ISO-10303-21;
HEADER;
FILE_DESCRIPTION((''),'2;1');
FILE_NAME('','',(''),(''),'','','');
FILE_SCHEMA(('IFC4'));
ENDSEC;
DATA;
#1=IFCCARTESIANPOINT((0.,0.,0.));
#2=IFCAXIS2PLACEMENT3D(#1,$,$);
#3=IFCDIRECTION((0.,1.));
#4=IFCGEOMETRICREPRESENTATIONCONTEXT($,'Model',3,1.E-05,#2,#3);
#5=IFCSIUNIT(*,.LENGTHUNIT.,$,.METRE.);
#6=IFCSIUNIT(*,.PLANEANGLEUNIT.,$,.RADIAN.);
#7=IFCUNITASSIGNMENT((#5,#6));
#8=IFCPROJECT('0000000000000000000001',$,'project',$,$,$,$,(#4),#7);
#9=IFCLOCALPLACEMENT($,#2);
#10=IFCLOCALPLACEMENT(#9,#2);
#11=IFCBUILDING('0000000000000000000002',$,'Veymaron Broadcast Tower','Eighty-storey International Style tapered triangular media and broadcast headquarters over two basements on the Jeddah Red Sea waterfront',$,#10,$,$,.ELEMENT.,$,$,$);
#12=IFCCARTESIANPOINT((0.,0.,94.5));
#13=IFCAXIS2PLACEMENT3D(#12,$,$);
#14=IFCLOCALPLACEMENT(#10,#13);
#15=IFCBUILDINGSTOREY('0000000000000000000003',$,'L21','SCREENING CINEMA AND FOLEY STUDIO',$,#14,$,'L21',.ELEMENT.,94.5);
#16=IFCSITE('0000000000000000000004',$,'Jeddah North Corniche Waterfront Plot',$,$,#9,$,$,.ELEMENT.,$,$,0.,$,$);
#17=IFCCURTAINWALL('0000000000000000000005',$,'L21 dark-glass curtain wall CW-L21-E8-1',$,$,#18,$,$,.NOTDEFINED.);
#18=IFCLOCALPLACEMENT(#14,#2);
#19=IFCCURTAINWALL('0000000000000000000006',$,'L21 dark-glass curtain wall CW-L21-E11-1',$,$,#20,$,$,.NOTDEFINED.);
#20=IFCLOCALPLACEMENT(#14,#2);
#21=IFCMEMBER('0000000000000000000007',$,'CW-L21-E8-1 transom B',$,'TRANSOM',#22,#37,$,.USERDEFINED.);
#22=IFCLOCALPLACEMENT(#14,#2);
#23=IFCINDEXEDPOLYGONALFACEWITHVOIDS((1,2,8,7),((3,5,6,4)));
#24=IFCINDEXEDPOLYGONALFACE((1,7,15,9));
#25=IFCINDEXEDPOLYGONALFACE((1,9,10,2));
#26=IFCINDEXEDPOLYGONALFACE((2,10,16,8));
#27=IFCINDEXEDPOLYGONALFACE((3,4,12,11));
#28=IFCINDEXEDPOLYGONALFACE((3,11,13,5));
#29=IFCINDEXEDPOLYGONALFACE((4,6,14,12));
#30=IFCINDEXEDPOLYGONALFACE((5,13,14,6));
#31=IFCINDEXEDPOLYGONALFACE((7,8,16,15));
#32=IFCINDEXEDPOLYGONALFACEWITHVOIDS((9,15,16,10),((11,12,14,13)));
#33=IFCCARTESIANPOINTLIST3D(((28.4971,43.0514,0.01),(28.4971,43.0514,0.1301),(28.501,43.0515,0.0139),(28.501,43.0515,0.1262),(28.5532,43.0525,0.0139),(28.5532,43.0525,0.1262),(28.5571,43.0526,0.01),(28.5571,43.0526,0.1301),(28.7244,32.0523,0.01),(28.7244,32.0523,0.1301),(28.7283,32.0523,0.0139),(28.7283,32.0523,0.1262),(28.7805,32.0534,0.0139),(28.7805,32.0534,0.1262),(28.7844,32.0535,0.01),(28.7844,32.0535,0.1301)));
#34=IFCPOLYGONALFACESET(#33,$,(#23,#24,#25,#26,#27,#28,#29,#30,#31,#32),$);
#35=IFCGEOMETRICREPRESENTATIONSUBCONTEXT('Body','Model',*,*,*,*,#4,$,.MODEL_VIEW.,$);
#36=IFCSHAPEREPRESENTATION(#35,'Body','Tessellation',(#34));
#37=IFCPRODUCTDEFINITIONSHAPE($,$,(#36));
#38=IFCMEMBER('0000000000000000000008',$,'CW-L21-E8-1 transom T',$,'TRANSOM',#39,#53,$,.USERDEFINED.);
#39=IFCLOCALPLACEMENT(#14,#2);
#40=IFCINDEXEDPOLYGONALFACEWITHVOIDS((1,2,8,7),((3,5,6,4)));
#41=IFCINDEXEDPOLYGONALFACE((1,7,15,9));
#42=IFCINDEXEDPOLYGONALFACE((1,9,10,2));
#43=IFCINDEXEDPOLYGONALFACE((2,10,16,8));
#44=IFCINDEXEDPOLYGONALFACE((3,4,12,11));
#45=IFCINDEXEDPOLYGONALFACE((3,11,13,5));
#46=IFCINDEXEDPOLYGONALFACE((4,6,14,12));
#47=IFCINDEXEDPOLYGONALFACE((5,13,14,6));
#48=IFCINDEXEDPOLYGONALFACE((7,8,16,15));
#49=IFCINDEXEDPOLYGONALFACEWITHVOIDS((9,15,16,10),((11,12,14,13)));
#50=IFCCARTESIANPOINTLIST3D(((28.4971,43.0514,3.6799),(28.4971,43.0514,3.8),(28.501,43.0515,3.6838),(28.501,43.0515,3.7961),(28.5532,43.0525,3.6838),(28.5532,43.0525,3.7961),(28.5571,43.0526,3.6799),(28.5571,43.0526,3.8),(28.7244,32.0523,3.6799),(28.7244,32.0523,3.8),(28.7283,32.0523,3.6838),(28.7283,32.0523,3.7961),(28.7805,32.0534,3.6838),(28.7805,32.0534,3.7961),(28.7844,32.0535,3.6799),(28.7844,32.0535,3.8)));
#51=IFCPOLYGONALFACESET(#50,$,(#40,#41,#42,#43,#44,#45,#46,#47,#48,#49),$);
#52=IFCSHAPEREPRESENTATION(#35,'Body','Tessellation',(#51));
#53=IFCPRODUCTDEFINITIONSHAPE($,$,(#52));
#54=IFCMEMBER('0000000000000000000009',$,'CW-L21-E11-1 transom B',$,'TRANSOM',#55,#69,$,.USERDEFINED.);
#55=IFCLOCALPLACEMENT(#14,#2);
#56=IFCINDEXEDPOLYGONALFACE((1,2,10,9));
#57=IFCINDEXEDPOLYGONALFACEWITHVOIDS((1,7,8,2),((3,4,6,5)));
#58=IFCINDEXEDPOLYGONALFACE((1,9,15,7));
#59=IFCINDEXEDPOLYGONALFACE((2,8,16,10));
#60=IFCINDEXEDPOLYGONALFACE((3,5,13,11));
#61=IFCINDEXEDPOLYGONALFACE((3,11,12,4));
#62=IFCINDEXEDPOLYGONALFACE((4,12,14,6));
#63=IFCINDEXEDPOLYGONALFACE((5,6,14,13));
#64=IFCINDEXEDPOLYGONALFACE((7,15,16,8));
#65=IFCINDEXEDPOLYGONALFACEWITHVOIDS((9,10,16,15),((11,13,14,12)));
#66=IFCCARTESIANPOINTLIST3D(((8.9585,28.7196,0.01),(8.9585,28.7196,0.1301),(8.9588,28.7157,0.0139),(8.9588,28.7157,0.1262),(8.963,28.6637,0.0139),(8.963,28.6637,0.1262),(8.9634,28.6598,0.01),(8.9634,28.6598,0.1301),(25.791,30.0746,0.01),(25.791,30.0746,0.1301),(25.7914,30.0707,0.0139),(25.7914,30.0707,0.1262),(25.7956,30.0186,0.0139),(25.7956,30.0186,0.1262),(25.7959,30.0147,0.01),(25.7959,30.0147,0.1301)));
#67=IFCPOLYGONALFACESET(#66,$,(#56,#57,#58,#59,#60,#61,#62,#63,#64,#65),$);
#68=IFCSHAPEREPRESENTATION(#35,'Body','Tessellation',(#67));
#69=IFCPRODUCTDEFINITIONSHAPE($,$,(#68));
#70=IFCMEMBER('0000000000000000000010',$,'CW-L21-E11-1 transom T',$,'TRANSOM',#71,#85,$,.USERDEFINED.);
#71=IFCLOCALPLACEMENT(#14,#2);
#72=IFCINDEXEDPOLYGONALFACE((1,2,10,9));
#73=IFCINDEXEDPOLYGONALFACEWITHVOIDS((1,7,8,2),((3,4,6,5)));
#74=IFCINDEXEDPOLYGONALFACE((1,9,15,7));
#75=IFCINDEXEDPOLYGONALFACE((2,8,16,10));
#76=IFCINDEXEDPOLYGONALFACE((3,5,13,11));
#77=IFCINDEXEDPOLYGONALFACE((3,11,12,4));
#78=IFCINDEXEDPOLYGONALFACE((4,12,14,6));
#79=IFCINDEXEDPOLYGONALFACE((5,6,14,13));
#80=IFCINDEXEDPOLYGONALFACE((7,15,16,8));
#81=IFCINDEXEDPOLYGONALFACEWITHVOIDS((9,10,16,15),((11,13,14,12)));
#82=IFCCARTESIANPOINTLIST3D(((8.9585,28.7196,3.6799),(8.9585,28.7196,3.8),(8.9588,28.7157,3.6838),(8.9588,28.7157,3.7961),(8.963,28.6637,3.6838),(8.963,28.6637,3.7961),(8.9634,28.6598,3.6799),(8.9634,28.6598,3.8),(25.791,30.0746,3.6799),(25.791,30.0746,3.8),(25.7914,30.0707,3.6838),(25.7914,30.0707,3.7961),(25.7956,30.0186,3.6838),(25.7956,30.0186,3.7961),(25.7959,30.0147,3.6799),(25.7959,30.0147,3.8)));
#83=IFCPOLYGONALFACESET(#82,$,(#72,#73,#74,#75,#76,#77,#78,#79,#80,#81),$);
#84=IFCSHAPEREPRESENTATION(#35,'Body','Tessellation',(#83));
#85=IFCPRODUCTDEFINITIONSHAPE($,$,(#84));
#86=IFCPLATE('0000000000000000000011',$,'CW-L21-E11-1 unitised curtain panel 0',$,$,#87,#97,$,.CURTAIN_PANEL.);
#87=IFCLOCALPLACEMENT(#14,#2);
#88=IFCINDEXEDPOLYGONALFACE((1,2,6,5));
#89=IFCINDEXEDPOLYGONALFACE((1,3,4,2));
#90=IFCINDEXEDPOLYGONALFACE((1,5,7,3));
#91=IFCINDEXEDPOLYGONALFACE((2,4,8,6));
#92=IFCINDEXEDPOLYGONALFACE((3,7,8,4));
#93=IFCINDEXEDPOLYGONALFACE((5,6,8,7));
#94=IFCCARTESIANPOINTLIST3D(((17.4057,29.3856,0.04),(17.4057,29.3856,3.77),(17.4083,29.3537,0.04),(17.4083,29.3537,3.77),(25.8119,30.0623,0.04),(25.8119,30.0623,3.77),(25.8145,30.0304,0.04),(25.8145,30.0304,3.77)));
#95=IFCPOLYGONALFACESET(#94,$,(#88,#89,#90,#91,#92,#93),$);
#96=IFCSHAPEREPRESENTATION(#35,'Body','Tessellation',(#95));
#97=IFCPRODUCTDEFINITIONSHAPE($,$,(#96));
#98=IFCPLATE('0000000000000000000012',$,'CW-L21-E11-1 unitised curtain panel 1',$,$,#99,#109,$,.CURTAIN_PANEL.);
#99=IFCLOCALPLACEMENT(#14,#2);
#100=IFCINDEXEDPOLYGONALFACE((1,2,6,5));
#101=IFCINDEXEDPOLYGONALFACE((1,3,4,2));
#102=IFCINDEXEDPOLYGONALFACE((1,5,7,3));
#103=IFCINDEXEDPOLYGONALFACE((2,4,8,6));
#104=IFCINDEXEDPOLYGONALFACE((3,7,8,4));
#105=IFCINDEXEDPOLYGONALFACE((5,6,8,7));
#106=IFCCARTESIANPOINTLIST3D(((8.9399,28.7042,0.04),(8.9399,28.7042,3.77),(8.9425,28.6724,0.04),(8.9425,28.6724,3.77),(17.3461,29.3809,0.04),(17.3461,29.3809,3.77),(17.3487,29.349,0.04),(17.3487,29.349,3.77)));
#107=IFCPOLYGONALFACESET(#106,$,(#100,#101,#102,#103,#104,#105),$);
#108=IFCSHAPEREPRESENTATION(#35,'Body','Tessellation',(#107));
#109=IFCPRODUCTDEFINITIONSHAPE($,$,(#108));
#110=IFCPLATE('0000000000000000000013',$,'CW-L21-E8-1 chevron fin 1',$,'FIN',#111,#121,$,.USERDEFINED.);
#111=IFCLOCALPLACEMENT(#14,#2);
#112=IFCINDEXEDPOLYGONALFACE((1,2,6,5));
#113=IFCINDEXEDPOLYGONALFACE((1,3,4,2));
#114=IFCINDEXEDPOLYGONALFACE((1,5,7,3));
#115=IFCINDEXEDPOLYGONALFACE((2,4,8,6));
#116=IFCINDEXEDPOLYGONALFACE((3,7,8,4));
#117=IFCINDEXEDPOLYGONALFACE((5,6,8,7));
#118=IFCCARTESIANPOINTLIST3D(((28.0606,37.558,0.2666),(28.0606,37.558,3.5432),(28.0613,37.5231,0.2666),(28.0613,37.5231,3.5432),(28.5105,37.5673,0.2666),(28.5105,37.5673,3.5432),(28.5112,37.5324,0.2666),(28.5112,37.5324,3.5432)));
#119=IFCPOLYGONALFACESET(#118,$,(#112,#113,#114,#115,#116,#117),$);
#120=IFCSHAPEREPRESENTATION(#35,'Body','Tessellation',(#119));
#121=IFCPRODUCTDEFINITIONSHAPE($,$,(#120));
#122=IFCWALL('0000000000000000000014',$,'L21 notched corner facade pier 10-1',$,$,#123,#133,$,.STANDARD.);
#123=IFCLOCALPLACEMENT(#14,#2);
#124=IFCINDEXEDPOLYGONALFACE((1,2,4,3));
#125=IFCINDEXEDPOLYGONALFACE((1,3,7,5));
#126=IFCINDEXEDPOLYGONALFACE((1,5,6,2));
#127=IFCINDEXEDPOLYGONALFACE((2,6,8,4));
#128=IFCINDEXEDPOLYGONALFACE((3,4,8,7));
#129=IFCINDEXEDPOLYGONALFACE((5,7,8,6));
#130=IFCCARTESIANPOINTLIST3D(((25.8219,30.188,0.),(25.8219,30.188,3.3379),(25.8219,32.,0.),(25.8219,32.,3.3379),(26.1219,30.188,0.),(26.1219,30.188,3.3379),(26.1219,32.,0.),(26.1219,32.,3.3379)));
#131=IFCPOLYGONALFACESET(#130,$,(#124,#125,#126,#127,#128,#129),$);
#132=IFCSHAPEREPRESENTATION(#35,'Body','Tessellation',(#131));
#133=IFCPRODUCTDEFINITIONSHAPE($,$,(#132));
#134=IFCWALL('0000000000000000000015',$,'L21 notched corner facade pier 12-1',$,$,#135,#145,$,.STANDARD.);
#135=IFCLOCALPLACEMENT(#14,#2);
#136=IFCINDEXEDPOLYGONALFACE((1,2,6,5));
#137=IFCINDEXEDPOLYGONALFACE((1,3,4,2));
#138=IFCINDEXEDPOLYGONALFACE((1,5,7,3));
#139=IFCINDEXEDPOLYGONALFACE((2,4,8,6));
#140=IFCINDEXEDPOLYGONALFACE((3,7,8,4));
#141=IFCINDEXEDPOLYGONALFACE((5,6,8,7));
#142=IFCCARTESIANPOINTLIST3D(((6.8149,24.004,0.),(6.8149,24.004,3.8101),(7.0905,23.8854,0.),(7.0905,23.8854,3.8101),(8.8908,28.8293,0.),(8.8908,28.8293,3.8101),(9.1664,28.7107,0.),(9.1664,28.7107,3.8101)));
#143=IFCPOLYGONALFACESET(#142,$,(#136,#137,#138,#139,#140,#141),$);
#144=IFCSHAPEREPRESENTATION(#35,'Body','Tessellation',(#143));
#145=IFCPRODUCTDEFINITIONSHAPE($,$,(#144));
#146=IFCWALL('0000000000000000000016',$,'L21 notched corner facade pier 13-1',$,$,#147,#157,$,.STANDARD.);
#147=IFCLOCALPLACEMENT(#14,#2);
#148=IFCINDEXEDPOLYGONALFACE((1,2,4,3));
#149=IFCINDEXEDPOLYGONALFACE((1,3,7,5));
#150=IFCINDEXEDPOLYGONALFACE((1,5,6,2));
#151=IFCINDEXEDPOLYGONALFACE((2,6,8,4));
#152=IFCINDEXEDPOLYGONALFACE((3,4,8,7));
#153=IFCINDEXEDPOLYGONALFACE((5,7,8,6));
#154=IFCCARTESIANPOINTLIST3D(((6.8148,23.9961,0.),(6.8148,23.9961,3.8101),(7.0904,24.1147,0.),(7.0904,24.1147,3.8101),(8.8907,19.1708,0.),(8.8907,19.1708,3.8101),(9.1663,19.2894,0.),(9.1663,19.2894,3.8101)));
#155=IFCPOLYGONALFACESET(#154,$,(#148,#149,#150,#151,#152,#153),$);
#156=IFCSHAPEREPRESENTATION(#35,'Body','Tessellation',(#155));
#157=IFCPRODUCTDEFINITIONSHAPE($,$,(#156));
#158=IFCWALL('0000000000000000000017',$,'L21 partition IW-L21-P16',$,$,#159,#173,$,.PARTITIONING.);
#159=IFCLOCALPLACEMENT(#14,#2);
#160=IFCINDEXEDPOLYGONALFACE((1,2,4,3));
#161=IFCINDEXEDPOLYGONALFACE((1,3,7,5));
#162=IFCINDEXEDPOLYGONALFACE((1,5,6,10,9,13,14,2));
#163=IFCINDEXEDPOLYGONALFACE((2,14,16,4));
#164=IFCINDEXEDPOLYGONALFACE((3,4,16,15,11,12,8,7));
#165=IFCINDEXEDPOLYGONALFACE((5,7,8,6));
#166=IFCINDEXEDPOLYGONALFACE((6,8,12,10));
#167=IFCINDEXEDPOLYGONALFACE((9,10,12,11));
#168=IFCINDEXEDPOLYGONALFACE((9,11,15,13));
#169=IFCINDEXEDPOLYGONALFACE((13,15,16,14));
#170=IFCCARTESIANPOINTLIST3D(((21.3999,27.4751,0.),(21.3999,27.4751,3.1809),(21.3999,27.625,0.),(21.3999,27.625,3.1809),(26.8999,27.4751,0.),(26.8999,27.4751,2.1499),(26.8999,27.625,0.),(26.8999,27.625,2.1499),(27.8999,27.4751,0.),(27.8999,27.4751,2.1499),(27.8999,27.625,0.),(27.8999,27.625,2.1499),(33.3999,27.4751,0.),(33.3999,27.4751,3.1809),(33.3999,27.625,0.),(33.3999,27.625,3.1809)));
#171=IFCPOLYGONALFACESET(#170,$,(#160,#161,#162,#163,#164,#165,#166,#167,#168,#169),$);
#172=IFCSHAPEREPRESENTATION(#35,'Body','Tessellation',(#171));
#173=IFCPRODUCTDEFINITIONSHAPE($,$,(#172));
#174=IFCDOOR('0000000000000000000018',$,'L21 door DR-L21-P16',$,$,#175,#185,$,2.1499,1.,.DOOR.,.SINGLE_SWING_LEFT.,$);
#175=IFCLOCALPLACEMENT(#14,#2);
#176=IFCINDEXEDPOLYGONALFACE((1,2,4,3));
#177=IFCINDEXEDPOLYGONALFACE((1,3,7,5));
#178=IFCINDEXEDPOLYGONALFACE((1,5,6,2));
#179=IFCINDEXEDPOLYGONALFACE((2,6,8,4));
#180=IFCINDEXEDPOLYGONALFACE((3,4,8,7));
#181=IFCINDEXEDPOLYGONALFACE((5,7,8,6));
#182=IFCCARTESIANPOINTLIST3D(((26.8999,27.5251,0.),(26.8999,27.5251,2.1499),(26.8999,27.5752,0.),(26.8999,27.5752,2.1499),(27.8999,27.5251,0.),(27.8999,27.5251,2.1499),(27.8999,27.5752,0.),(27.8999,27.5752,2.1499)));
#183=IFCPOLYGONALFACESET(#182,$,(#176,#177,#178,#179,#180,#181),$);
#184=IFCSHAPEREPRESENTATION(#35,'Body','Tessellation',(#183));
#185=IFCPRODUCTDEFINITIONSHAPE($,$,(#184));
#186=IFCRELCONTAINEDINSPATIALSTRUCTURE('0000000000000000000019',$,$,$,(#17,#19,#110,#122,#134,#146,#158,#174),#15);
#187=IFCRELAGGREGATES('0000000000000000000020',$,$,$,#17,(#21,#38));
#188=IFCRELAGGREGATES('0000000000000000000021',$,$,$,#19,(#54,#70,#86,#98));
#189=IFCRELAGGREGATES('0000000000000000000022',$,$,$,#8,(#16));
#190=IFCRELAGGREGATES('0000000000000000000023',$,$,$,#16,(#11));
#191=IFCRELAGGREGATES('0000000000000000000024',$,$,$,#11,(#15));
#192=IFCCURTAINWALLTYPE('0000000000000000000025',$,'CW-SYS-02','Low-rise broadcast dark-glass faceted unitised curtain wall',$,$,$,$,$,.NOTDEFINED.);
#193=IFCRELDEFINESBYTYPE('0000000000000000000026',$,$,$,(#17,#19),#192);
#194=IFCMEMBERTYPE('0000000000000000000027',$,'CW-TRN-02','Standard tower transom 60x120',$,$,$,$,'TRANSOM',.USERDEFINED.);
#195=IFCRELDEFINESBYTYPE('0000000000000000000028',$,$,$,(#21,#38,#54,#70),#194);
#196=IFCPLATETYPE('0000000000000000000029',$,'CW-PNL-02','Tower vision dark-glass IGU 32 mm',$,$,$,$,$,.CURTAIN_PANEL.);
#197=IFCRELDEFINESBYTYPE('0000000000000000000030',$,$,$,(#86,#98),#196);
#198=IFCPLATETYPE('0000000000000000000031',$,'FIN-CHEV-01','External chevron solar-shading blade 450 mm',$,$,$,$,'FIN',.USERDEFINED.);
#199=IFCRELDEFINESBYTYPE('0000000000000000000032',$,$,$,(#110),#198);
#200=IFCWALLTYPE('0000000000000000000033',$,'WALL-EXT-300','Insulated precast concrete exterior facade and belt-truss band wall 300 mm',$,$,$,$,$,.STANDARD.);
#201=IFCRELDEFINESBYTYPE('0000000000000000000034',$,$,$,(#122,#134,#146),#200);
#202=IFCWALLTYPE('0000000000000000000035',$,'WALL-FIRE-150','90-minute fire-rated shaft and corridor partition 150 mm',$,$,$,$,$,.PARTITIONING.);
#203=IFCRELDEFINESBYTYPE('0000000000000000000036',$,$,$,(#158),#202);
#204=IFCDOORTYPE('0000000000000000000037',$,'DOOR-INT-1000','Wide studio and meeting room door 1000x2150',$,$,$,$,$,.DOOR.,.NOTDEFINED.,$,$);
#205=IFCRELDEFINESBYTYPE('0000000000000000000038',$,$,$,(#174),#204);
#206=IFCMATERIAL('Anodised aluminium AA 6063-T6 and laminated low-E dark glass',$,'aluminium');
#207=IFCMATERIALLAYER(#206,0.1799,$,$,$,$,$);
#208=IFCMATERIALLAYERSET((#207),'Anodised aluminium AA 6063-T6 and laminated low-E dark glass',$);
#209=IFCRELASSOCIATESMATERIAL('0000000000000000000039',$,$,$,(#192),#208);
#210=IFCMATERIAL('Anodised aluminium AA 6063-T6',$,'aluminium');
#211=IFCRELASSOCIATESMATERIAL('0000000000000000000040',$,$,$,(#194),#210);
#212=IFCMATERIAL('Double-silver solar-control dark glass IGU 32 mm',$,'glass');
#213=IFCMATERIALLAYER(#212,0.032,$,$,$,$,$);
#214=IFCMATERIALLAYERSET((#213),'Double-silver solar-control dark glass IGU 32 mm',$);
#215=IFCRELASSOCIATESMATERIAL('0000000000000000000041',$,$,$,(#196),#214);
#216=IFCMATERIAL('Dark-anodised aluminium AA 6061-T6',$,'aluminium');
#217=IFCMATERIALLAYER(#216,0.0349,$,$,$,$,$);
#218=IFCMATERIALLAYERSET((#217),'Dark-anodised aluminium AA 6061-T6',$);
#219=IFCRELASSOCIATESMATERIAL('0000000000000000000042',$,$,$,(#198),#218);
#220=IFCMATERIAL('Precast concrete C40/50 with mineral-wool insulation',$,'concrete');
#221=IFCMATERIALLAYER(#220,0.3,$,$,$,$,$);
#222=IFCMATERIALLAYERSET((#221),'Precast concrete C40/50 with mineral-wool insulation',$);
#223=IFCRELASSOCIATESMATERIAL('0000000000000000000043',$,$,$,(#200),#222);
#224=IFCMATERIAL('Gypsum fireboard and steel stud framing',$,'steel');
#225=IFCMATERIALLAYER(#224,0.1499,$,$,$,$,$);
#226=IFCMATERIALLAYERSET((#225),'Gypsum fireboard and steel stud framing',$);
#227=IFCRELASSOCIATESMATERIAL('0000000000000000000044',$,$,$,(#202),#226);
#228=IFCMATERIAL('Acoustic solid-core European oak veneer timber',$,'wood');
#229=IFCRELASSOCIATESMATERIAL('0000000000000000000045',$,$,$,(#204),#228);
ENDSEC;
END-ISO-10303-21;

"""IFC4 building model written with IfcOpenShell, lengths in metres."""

from ifc_helpers import new_model, si_unit, direction, frame, frame_2d, origin, origin_2d, place, context, subcontext, project, spatial, rectangle, hollow_rectangle, extrude, material, layer, layer_set, material_profile, profile_set, type_object, element, fill, aggregate, save


model = new_model("IFC4")

# Units and contexts
model_context = context("Model", 3, precision=1e-05, world=origin(), true_north=direction((0.0, 1.0)))
body_context = subcontext(model_context, "Body", "Model", "MODEL_VIEW")
ifc_project = project(units=[si_unit("LENGTHUNIT", "METRE"), si_unit("PLANEANGLEUNIT", "RADIAN")], contexts=[model_context])

# Site, building, storey
site_placement = place(None, origin())
site = spatial("IfcSite", under=ifc_project, at=site_placement, Name="Jeddah North Corniche Waterfront Plot", CompositionType="ELEMENT", RefElevation=0.0)
building_placement = place(site_placement, origin())
building = spatial("IfcBuilding", under=site, at=building_placement, Name="Veymaron Broadcast Tower", Description="Eighty-storey International Style tapered triangular media and broadcast headquarters over two basements on the Jeddah Red Sea waterfront", CompositionType="ELEMENT")
storey_placement = place(building_placement, frame((0.0, 0.0, 94.5)))
storey = spatial("IfcBuildingStorey", under=building, at=storey_placement, Name="L21", Description="SCREENING CINEMA AND FOLEY STUDIO", LongName="L21", CompositionType="ELEMENT", Elevation=94.5)

# Curtain wall
ifc_material_1 = material(Name="Anodised aluminium AA 6063-T6 and laminated low-E dark glass", Category="aluminium")
ifc_layer_1 = layer(ifc_material_1, 0.1799)
ifc_layer_set_1 = layer_set([ifc_layer_1], Name="Anodised aluminium AA 6063-T6 and laminated low-E dark glass")
curtain_wall_type = type_object("IfcCurtainWallType", Name="CW-SYS-02", Description="Low-rise broadcast dark-glass faceted unitised curtain wall", PredefinedType="NOTDEFINED", material=ifc_layer_set_1)
curtain_wall_1_placement = place(storey_placement, origin())
curtain_wall_1 = element("IfcCurtainWall", 1, at=curtain_wall_1_placement, inside=storey, type_object=curtain_wall_type, Name="L21 dark-glass curtain wall CW-L21-E8-1", PredefinedType="NOTDEFINED")
ifc_material_2 = material(Name="Anodised aluminium AA 6063-T6", Category="aluminium")

# Curtain wall
curtain_wall_2_placement = place(storey_placement, origin())
curtain_wall_2 = element("IfcCurtainWall", 2, at=curtain_wall_2_placement, inside=storey, type_object=curtain_wall_type, Name="L21 dark-glass curtain wall CW-L21-E11-1", PredefinedType="NOTDEFINED")

# Members
ifc_material_profile_1 = material_profile(ifc_material_2, hollow_rectangle(XDim=0.0601, YDim=0.1201, WallThickness=0.0039, at=origin_2d()), Name="AL120X60X4")
ifc_profile_set_1 = profile_set([ifc_material_profile_1], Name="Anodised aluminium AA 6063-T6")
member_type_1 = type_object("IfcMemberType", Name="CW-TRN-02", Description="Standard tower transom 60x120", ElementType="TRANSOM", PredefinedType="USERDEFINED", material=ifc_profile_set_1)
member_1_placement = place(storey_placement, frame((28.5271, 43.052, 0.0701), z_axis=(0.020661, -0.999787, 0.0), x_axis=(0.999787, 0.020661, 0.0)))
member_1 = element("IfcMember", 3, at=member_1_placement, type_object=member_type_1, Name="CW-L21-E8-1 transom B", ObjectType="TRANSOM", PredefinedType="USERDEFINED", context=body_context, shape_type="SweptSolid", body=[
    extrude(hollow_rectangle(XDim=0.0601, YDim=0.1201, WallThickness=0.0039, at=origin_2d()), origin(), (0.0, 0.0, 1.0), 11.0015),
])
member_2_placement = place(storey_placement, frame((28.5271, 43.052, 3.74), z_axis=(0.020661, -0.999787, 0.0), x_axis=(0.999787, 0.020661, 0.0)))
member_2 = element("IfcMember", 4, at=member_2_placement, type_object=member_type_1, Name="CW-L21-E8-1 transom T", ObjectType="TRANSOM", PredefinedType="USERDEFINED", context=body_context, shape_type="SweptSolid", body=[
    extrude(hollow_rectangle(XDim=0.0601, YDim=0.1201, WallThickness=0.0039, at=origin_2d()), origin(), (0.0, 0.0, 1.0), 11.0015),
])
aggregate(curtain_wall_1, [member_1, member_2])
member_3_placement = place(storey_placement, frame((25.7935, 30.0447, 0.0701), z_axis=(-0.996776, -0.080238, 0.0), x_axis=(0.080238, -0.996776, 0.0)))
member_3 = element("IfcMember", 5, at=member_3_placement, type_object=member_type_1, Name="CW-L21-E11-1 transom B", ObjectType="TRANSOM", PredefinedType="USERDEFINED", context=body_context, shape_type="SweptSolid", body=[
    extrude(hollow_rectangle(XDim=0.0601, YDim=0.1201, WallThickness=0.0039, at=origin_2d()), origin(), (0.0, 0.0, 1.0), 16.887),
])
member_4_placement = place(storey_placement, frame((25.7935, 30.0447, 3.74), z_axis=(-0.996776, -0.080238, 0.0), x_axis=(0.080238, -0.996776, 0.0)))
member_4 = element("IfcMember", 6, at=member_4_placement, type_object=member_type_1, Name="CW-L21-E11-1 transom T", ObjectType="TRANSOM", PredefinedType="USERDEFINED", context=body_context, shape_type="SweptSolid", body=[
    extrude(hollow_rectangle(XDim=0.0601, YDim=0.1201, WallThickness=0.0039, at=origin_2d()), origin(), (0.0, 0.0, 1.0), 16.887),
])

# Plates
ifc_material_3 = material(Name="Double-silver solar-control dark glass IGU 32 mm", Category="glass")
ifc_layer_2 = layer(ifc_material_3, 0.032)
ifc_layer_set_2 = layer_set([ifc_layer_2], Name="Double-silver solar-control dark glass IGU 32 mm")
plate_type_1 = type_object("IfcPlateType", Name="CW-PNL-02", Description="Tower vision dark-glass IGU 32 mm", PredefinedType="CURTAIN_PANEL", material=ifc_layer_set_2)
plate_1_placement = place(storey_placement, frame((21.6101, 29.708, 0.04), z_axis=(0.0, 0.0, 1.0), x_axis=(-0.996776, -0.080234, 0.0)))
plate_1 = element("IfcPlate", 7, at=plate_1_placement, type_object=plate_type_1, Name="CW-L21-E11-1 unitised curtain panel 0", PredefinedType="CURTAIN_PANEL", context=body_context, shape_type="SweptSolid", body=[
    extrude(rectangle(XDim=8.4333, YDim=0.032, at=origin_2d()), origin(), (0.0, 0.0, 1.0), 3.73),
])
plate_2_placement = place(storey_placement, frame((13.1443, 29.0266, 0.04), z_axis=(0.0, 0.0, 1.0), x_axis=(-0.996776, -0.080234, 0.0)))
plate_2 = element("IfcPlate", 8, at=plate_2_placement, type_object=plate_type_1, Name="CW-L21-E11-1 unitised curtain panel 1", PredefinedType="CURTAIN_PANEL", context=body_context, shape_type="SweptSolid", body=[
    extrude(rectangle(XDim=8.4333, YDim=0.032, at=origin_2d()), origin(), (0.0, 0.0, 1.0), 3.73),
])
aggregate(curtain_wall_2, [member_3, member_4, plate_1, plate_2])
ifc_material_4 = material(Name="Dark-anodised aluminium AA 6061-T6", Category="aluminium")
ifc_layer_3 = layer(ifc_material_4, 0.0349)
ifc_layer_set_3 = layer_set([ifc_layer_3], Name="Dark-anodised aluminium AA 6061-T6")
plate_type_2 = type_object("IfcPlateType", Name="FIN-CHEV-01", Description="External chevron solar-shading blade 450 mm", ElementType="FIN", PredefinedType="USERDEFINED", material=ifc_layer_set_3)
plate_3_placement = place(storey_placement, frame((28.2859, 37.5452, 0.2666), z_axis=(0.0, 0.0, 1.0), x_axis=(-0.999786, -0.020681, 0.0)))
element("IfcPlate", 9, at=plate_3_placement, inside=storey, type_object=plate_type_2, Name="CW-L21-E8-1 chevron fin 1", ObjectType="FIN", PredefinedType="USERDEFINED", context=body_context, shape_type="SweptSolid", body=[
    extrude(rectangle(XDim=0.45, YDim=0.0349, at=origin_2d()), origin(), (0.0, 0.0, 1.0), 3.2766),
])

# Walls
ifc_material_5 = material(Name="Precast concrete C40/50 with mineral-wool insulation", Category="concrete")
ifc_layer_4 = layer(ifc_material_5, 0.3)
ifc_layer_set_4 = layer_set([ifc_layer_4], Name="Precast concrete C40/50 with mineral-wool insulation")
wall_type_1 = type_object("IfcWallType", Name="WALL-EXT-300", Description="Insulated precast concrete exterior facade and belt-truss band wall 300 mm", PredefinedType="STANDARD", material=ifc_layer_set_4)
wall_1_placement = place(storey_placement, frame((25.9719, 32.0, 0.0), z_axis=(0.0, 0.0, 1.0), x_axis=(0.0, -1.0, 0.0)))
element("IfcWall", 10, at=wall_1_placement, inside=storey, type_object=wall_type_1, Name="L21 notched corner facade pier 10-1", PredefinedType="STANDARD", context=body_context, shape_type="SweptSolid", body=[
    extrude(rectangle(XDim=1.812, YDim=0.3, at=frame_2d((0.906, 0.0))), origin(), (0.0, 0.0, 1.0), 3.3379),
])
for number, where, z_axis, x_axis, name in (
    (11, (9.0286, 28.77, 0.0), (0.0, 0.0, 1.0), (-0.395187, -0.918601, 0.0), "L21 notched corner facade pier 12-1"),
    (12, (6.9526, 24.0554, 0.0), (0.0, 0.0, 1.0), (0.395187, -0.918601, 0.0), "L21 notched corner facade pier 13-1"),
):
    element("IfcWall", number, at=place(storey_placement, frame(where, z_axis=z_axis, x_axis=x_axis)), inside=storey, type_object=wall_type_1, Name=name, PredefinedType="STANDARD", context=body_context, shape_type="SweptSolid", body=[
        extrude(rectangle(XDim=5.2529, YDim=0.3, at=frame_2d((2.6265, 0.0))), origin(), (0.0, 0.0, 1.0), 3.8101),
    ])

# Wall, opening, door
ifc_material_6 = material(Name="Gypsum fireboard and steel stud framing", Category="steel")
ifc_layer_5 = layer(ifc_material_6, 0.1499)
ifc_layer_set_5 = layer_set([ifc_layer_5], Name="Gypsum fireboard and steel stud framing")
wall_type_2 = type_object("IfcWallType", Name="WALL-FIRE-150", Description="90-minute fire-rated shaft and corridor partition 150 mm", PredefinedType="PARTITIONING", material=ifc_layer_set_5)
wall_2_placement = place(storey_placement, frame((21.3999, 27.55, 0.0), z_axis=(0.0, 0.0, 1.0), x_axis=(1.0, 0.0, 0.0)))
wall_2 = element("IfcWall", 13, at=wall_2_placement, inside=storey, type_object=wall_type_2, Name="L21 partition IW-L21-P16", PredefinedType="PARTITIONING", context=body_context, shape_type="SweptSolid", body=[
    extrude(rectangle(XDim=12.0, YDim=0.1499, at=frame_2d((6.0, 0.0))), origin(), (0.0, 0.0, 1.0), 3.1809),
])
opening_1_placement = place(wall_2_placement, frame((5.5, 0.0, 0.0)))
opening_1 = element("IfcOpeningElement", 14, at=opening_1_placement, cuts=wall_2, PredefinedType="OPENING", context=body_context, shape_type="SweptSolid", body=[
    extrude(rectangle(XDim=1.0, YDim=2.1499, at=frame_2d((0.5, 1.075))), frame((0.0, 0.085, 0.0), z_axis=(0.0, -1.0, 0.0), x_axis=(1.0, 0.0, 0.0)), (0.0, 0.0, 1.0), 0.1699),
])
ifc_material_7 = material(Name="Acoustic solid-core European oak veneer timber", Category="wood")
door_type = type_object("IfcDoorType", Name="DOOR-INT-1000", Description="Wide studio and meeting room door 1000x2150", OperationType="NOTDEFINED", PredefinedType="DOOR", material=ifc_material_7)
door_1_placement = place(opening_1_placement, frame((1.0, 0.0, 0.0), z_axis=(0.0, 0.0, 1.0), x_axis=(-1.0, 0.0, 0.0)))
door_1 = element("IfcDoor", 15, at=door_1_placement, inside=storey, type_object=door_type, Name="L21 door DR-L21-P16", OperationType="SINGLE_SWING_LEFT", OverallHeight=2.1499, OverallWidth=1.0, PredefinedType="DOOR", context=body_context, shape_type="SweptSolid", body=[
    extrude(rectangle(XDim=1.0, YDim=2.1499, at=frame_2d((0.5, 1.075))), frame((0.0, 0.0249, 0.0), z_axis=(0.0, -1.0, 0.0), x_axis=(1.0, 0.0, 0.0)), (0.0, 0.0, 1.0), 0.05),
])
fill(opening_1, door_1)

save(model, "model.ifc")
